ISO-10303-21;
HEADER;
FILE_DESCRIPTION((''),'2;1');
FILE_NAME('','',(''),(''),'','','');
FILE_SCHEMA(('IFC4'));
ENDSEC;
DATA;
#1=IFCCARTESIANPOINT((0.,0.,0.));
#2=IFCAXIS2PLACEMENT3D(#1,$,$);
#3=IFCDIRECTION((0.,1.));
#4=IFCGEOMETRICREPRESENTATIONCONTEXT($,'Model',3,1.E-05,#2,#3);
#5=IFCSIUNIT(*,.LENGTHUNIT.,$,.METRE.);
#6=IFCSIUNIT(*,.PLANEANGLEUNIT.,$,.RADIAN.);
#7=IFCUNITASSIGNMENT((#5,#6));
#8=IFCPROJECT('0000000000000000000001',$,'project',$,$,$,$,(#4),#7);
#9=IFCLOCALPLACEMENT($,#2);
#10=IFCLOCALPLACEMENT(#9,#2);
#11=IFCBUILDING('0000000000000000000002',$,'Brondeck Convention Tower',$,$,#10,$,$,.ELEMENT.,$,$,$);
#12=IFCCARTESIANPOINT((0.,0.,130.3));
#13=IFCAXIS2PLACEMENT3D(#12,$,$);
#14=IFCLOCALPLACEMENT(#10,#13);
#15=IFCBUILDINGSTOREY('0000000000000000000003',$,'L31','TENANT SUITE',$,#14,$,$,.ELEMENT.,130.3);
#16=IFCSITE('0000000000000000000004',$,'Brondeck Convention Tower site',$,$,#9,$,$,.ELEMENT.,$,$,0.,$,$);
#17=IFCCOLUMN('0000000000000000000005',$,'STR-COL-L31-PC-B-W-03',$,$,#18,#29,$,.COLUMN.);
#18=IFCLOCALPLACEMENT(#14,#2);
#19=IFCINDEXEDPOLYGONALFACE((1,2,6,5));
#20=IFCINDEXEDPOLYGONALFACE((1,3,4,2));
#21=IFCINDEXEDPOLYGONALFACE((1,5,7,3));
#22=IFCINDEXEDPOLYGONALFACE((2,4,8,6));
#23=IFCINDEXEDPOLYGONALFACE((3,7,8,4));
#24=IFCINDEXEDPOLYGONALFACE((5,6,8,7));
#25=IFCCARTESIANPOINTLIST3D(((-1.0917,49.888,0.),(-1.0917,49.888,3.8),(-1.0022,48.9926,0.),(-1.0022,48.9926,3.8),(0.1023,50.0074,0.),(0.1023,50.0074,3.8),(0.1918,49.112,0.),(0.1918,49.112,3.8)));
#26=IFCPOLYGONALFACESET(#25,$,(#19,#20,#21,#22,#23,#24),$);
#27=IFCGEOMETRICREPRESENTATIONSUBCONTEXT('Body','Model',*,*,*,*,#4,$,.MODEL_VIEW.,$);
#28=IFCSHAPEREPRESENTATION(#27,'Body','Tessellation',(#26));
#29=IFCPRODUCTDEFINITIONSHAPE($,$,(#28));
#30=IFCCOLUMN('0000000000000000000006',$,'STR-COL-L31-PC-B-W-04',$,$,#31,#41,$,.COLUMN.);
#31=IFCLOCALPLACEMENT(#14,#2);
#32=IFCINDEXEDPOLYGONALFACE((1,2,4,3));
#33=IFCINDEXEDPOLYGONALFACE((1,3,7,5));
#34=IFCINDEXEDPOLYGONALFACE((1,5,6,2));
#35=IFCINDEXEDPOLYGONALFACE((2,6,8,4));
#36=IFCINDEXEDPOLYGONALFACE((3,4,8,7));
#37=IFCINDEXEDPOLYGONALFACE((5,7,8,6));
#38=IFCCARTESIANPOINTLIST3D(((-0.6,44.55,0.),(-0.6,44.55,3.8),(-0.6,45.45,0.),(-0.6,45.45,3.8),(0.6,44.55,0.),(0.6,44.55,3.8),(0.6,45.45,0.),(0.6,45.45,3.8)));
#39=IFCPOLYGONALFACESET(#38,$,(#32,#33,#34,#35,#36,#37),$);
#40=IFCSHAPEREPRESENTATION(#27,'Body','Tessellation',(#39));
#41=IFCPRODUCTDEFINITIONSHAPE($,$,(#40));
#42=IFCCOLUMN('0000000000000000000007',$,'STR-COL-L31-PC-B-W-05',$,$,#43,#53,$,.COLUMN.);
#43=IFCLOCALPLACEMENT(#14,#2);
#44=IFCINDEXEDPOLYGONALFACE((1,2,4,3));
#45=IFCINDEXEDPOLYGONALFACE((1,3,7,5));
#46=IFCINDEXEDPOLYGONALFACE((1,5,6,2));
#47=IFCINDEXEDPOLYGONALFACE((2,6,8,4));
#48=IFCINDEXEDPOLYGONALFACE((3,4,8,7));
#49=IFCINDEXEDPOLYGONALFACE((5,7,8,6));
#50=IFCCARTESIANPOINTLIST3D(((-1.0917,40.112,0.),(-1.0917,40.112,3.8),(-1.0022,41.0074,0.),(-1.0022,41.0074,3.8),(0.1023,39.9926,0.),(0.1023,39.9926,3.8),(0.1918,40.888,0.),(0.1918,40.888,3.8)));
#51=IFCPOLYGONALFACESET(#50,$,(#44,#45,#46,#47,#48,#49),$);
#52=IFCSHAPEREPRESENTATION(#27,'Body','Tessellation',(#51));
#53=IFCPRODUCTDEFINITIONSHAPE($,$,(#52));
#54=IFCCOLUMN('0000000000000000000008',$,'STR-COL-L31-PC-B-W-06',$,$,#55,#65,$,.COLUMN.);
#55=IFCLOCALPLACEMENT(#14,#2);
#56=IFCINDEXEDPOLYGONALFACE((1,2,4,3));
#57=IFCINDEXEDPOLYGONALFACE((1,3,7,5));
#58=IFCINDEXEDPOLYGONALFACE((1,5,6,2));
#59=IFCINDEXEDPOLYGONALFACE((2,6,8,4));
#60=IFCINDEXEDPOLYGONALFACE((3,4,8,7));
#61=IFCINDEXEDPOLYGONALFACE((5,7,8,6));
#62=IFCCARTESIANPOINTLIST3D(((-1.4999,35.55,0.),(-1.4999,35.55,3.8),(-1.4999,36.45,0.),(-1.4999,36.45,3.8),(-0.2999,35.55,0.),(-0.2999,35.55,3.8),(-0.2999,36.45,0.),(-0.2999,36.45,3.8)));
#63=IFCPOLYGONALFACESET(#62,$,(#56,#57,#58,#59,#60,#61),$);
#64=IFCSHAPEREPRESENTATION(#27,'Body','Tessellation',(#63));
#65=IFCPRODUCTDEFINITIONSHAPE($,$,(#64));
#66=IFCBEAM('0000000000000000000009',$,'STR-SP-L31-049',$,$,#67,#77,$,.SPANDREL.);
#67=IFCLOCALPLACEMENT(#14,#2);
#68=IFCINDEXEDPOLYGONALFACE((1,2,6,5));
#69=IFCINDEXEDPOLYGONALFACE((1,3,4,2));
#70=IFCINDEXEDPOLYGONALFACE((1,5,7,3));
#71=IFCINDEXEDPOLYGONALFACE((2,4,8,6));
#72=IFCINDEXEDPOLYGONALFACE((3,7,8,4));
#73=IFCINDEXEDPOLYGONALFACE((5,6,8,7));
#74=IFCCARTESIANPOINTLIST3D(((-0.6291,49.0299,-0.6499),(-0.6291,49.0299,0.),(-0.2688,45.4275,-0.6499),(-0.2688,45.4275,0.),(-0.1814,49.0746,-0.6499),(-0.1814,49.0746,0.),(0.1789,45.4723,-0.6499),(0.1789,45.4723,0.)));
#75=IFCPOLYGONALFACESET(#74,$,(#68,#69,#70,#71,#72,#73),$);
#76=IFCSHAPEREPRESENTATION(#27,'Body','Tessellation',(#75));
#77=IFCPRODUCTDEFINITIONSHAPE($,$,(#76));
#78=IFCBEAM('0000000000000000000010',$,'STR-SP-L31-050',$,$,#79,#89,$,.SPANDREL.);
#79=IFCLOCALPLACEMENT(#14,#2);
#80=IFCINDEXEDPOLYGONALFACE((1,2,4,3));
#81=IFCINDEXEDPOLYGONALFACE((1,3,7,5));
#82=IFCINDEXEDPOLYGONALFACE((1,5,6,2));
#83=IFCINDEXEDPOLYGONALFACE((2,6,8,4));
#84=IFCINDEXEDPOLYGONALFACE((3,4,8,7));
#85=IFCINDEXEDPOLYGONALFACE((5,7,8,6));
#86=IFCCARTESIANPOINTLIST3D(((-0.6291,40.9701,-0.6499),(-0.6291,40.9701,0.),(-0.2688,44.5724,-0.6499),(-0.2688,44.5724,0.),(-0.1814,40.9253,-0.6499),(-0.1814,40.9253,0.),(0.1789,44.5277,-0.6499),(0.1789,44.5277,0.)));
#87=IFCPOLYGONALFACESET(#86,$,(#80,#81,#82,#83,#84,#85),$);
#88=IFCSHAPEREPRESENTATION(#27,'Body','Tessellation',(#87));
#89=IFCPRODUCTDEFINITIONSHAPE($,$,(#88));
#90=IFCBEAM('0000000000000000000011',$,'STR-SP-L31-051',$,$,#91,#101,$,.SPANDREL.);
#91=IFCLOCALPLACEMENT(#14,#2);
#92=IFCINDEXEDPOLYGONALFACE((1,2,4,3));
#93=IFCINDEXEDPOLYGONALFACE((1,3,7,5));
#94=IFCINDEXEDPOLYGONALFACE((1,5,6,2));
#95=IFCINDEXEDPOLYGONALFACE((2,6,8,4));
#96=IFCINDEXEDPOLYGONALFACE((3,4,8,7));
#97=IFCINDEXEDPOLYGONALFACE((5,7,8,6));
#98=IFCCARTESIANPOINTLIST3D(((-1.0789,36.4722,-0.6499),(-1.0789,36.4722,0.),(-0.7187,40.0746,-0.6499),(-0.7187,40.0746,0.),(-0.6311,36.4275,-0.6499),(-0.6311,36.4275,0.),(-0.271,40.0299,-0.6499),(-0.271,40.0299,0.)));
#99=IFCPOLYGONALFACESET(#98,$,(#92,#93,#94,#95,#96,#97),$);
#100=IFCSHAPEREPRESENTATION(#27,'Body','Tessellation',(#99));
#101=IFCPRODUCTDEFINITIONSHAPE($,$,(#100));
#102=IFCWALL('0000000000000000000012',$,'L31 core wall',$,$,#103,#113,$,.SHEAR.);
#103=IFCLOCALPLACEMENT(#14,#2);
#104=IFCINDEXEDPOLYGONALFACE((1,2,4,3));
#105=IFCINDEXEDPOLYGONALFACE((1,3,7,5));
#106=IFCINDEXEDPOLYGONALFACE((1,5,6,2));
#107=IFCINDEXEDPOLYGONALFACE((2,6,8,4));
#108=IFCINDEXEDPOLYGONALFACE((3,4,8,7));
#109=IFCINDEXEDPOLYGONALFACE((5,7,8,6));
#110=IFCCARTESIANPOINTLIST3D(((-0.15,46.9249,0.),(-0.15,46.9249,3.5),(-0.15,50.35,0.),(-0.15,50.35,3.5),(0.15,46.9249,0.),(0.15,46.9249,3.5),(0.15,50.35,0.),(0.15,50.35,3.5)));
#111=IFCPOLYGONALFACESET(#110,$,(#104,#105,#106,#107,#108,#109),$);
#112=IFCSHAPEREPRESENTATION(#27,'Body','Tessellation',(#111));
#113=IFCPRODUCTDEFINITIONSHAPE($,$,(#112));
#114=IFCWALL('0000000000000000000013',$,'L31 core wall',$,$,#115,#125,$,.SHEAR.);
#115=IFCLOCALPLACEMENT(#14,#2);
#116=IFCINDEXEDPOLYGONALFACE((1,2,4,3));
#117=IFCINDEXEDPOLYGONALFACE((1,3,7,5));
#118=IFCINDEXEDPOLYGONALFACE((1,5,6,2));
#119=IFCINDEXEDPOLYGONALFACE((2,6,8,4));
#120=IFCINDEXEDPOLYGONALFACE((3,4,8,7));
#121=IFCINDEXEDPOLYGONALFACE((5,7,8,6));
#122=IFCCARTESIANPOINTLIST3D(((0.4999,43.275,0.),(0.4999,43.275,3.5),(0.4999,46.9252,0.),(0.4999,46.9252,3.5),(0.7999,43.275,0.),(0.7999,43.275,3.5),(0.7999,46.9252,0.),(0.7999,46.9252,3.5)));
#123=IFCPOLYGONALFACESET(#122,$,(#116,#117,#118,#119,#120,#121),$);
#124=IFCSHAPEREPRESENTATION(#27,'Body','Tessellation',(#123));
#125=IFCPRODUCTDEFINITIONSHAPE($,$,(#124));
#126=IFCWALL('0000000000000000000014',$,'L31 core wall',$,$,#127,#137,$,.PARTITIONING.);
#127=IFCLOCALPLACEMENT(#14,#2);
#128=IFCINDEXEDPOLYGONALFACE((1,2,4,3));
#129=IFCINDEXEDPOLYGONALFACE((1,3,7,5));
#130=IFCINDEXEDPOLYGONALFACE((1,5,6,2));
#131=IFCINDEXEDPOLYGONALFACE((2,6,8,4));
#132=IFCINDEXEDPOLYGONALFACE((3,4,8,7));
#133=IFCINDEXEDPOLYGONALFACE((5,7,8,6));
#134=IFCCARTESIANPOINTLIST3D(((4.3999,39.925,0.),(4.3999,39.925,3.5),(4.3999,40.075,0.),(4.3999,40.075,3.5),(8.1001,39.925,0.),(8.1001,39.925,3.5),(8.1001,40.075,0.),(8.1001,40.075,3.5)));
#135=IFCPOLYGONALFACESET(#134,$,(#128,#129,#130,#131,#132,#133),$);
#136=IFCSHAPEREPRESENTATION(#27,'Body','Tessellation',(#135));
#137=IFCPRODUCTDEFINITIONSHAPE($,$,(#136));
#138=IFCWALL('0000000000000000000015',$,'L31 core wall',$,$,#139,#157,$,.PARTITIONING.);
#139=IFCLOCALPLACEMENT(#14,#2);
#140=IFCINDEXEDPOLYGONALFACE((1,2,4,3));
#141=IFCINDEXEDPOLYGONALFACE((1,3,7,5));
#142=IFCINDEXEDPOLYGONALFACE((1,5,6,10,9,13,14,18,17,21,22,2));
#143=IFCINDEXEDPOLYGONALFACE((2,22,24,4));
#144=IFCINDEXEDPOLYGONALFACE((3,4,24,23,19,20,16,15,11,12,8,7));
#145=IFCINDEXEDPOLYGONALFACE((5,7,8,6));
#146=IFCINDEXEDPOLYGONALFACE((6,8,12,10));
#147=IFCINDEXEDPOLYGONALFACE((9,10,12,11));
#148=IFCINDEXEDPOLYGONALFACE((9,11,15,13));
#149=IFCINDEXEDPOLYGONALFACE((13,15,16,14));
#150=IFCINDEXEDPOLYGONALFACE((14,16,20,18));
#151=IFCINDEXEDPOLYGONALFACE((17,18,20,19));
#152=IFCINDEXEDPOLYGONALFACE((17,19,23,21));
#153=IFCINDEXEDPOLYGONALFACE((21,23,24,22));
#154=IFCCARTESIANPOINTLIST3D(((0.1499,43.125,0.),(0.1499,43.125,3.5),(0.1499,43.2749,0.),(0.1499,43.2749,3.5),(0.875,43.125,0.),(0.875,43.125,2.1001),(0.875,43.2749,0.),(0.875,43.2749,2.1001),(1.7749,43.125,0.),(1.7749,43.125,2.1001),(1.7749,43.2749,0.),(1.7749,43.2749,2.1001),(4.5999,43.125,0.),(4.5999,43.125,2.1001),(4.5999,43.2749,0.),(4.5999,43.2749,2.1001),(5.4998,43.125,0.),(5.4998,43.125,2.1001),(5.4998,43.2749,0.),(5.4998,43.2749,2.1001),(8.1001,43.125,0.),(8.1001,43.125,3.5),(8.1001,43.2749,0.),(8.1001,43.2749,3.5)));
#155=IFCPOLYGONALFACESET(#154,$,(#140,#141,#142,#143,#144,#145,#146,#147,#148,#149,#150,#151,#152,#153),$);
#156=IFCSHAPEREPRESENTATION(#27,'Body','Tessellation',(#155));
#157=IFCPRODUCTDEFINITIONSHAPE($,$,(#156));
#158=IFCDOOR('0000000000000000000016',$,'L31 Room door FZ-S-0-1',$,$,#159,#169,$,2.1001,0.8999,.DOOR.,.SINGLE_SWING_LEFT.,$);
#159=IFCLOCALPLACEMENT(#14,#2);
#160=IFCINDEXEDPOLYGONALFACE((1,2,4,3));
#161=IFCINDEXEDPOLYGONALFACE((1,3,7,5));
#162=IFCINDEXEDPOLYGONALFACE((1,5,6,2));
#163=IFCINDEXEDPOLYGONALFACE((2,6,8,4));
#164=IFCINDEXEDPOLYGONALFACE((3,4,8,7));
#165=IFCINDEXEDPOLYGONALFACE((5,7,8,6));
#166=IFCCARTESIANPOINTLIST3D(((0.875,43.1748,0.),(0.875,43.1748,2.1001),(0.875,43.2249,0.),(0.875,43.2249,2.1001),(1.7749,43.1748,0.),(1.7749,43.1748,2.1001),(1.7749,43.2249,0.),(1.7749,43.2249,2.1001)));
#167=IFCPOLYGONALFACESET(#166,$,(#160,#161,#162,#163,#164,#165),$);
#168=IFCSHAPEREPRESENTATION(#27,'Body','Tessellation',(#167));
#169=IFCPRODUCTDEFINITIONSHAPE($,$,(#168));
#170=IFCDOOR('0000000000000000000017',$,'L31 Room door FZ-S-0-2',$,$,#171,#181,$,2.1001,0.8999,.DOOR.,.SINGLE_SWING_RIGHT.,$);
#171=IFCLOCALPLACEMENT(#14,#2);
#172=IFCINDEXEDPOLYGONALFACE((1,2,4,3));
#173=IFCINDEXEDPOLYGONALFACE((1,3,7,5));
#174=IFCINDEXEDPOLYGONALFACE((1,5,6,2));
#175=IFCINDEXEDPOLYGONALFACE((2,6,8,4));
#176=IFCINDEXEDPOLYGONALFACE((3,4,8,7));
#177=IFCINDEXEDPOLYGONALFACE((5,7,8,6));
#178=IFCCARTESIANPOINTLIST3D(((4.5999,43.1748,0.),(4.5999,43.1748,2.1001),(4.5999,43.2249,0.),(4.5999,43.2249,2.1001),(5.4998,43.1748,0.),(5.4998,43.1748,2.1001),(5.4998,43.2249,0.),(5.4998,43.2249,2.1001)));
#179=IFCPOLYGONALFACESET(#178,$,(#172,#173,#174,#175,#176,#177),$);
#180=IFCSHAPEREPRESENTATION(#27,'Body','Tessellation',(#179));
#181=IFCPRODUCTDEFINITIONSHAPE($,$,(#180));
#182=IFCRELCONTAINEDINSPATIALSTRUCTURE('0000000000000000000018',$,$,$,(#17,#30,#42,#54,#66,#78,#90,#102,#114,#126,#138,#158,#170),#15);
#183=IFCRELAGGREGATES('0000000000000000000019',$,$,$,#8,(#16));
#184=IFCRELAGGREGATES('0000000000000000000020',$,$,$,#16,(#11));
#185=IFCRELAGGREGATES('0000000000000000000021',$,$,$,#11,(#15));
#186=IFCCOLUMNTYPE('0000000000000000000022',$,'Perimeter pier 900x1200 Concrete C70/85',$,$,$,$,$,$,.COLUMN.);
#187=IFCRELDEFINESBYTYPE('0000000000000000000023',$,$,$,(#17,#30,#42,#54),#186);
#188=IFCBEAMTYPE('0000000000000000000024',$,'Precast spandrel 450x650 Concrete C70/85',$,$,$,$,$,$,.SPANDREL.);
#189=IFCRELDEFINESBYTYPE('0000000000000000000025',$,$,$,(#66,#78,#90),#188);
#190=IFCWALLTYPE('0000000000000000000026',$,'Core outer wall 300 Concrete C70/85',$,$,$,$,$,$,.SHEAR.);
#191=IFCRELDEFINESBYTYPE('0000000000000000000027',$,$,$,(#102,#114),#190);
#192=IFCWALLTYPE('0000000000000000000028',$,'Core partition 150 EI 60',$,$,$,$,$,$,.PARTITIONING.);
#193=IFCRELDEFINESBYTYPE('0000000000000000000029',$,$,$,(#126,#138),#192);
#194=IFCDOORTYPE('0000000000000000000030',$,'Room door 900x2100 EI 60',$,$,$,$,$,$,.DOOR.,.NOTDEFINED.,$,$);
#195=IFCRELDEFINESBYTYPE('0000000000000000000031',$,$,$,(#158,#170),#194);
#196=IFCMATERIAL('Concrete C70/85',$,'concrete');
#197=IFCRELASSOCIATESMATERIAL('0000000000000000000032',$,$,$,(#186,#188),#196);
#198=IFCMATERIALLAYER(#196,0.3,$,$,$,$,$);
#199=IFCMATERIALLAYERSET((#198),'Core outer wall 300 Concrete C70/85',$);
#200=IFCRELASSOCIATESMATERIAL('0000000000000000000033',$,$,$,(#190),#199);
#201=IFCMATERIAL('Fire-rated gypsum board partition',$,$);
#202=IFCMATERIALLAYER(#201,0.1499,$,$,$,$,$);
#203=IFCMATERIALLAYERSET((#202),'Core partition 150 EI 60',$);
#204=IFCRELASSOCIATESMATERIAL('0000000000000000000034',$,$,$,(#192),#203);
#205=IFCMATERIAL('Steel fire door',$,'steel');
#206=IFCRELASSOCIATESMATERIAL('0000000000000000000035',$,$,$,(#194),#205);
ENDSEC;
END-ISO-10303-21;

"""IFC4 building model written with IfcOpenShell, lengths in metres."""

from ifc_helpers import new_model, si_unit, direction, frame, frame_2d, origin, origin_2d, place, context, subcontext, project, spatial, rectangle, extrude, material, layer, layer_set, material_profile, profile_set, type_object, element, fill, save


model = new_model("IFC4")

# Units and contexts
model_context = context("Model", 3, precision=1e-05, world=origin(), true_north=direction((0.0, 1.0)))
body_context = subcontext(model_context, "Body", "Model", "MODEL_VIEW")
ifc_project = project(units=[si_unit("LENGTHUNIT", "METRE"), si_unit("PLANEANGLEUNIT", "RADIAN")], contexts=[model_context])

# Site, building, storey
site_placement = place(None, origin())
site = spatial("IfcSite", under=ifc_project, at=site_placement, Name="Brondeck Convention Tower site", CompositionType="ELEMENT", RefElevation=0.0)
building_placement = place(site_placement, origin())
building = spatial("IfcBuilding", under=site, at=building_placement, Name="Brondeck Convention Tower", CompositionType="ELEMENT")
storey_placement = place(building_placement, frame((0.0, 0.0, 130.3)))
storey = spatial("IfcBuildingStorey", under=building, at=storey_placement, Name="L31", Description="TENANT SUITE", CompositionType="ELEMENT", Elevation=130.3)

# Columns
ifc_material_1 = material(Name="Concrete C70/85", Category="concrete")
ifc_material_profile_1 = material_profile(ifc_material_1, rectangle(XDim=0.8999, YDim=1.2, at=origin_2d()), Name="Perimeter pier 900x1200 Concrete C70/85")
ifc_profile_set_1 = profile_set([ifc_material_profile_1], Name="Concrete C70/85")
column_type = type_object("IfcColumnType", Name="Perimeter pier 900x1200 Concrete C70/85", PredefinedType="COLUMN", material=ifc_profile_set_1)
for number, where, z_axis, x_axis, name in (
    (1, (-0.45, 49.5, 0.0), (0.0, 0.0, 1.0), (0.099504, -0.995037, 0.0), "STR-COL-L31-PC-B-W-03"),
    (2, (0.0, 45.0, 0.0), (0.0, 0.0, 1.0), (0.0, -1.0, 0.0), "STR-COL-L31-PC-B-W-04"),
    (3, (-0.45, 40.5, 0.0), (0.0, 0.0, 1.0), (-0.099504, -0.995037, 0.0), "STR-COL-L31-PC-B-W-05"),
    (4, (-0.8999, 36.0, 0.0), (0.0, 0.0, 1.0), (0.0, -1.0, 0.0), "STR-COL-L31-PC-B-W-06"),
):
    element("IfcColumn", number, at=place(storey_placement, frame(where, z_axis=z_axis, x_axis=x_axis)), inside=storey, type_object=column_type, Name=name, PredefinedType="COLUMN", context=body_context, shape_type="SweptSolid", body=[
        extrude(rectangle(XDim=0.8999, YDim=1.2, at=origin_2d()), origin(), (0.0, 0.0, 1.0), 3.8),
    ])

# Beams
ifc_material_profile_2 = material_profile(ifc_material_1, rectangle(XDim=0.45, YDim=0.6499, at=origin_2d()), Name="Precast spandrel 450x650 Concrete C70/85")
ifc_profile_set_2 = profile_set([ifc_material_profile_2], Name="Concrete C70/85")
beam_type = type_object("IfcBeamType", Name="Precast spandrel 450x650 Concrete C70/85", PredefinedType="SPANDREL", material=ifc_profile_set_2)
for number, where, z_axis, x_axis, name in (
    (5, (-0.4053, 49.0522, -0.325), (0.099537, -0.995034, 0.0), (0.995034, 0.099537, 0.0), "STR-SP-L31-049"),
    (6, (-0.0449, 44.55, -0.325), (-0.099537, -0.995034, 0.0), (0.995034, -0.099537, 0.0), "STR-SP-L31-050"),
    (7, (-0.4949, 40.0522, -0.325), (-0.09947, -0.995041, 0.0), (0.995041, -0.09947, 0.0), "STR-SP-L31-051"),
):
    element("IfcBeam", number, at=place(storey_placement, frame(where, z_axis=z_axis, x_axis=x_axis)), inside=storey, type_object=beam_type, Name=name, PredefinedType="SPANDREL", context=body_context, shape_type="SweptSolid", body=[
        extrude(rectangle(XDim=0.45, YDim=0.6499, at=origin_2d()), origin(), (0.0, 0.0, 1.0), 3.6204),
    ])

# Walls
ifc_layer_1 = layer(ifc_material_1, 0.3)
ifc_layer_set_1 = layer_set([ifc_layer_1], Name="Core outer wall 300 Concrete C70/85")
wall_type_1 = type_object("IfcWallType", Name="Core outer wall 300 Concrete C70/85", PredefinedType="SHEAR", material=ifc_layer_set_1)
wall_1_placement = place(storey_placement, frame((0.0, 46.925, 0.0), z_axis=(0.0, 0.0, 1.0), x_axis=(0.0, 1.0, 0.0)))
element("IfcWall", 8, at=wall_1_placement, inside=storey, type_object=wall_type_1, Name="L31 core wall", PredefinedType="SHEAR", context=body_context, shape_type="SweptSolid", body=[
    extrude(rectangle(XDim=3.425, YDim=0.3, at=frame_2d((1.7124, 0.0))), origin(), (0.0, 0.0, 1.0), 3.5),
])
wall_2_placement = place(storey_placement, frame((0.6499, 43.2749, 0.0), z_axis=(0.0, 0.0, 1.0), x_axis=(0.0, 1.0, 0.0)))
element("IfcWall", 9, at=wall_2_placement, inside=storey, type_object=wall_type_1, Name="L31 core wall", PredefinedType="SHEAR", context=body_context, shape_type="SweptSolid", body=[
    extrude(rectangle(XDim=3.6501, YDim=0.3, at=frame_2d((1.8252, 0.0))), origin(), (0.0, 0.0, 1.0), 3.5),
])
ifc_material_2 = material(Name="Fire-rated gypsum board partition")
ifc_layer_2 = layer(ifc_material_2, 0.1499)
ifc_layer_set_2 = layer_set([ifc_layer_2], Name="Core partition 150 EI 60")
wall_type_2 = type_object("IfcWallType", Name="Core partition 150 EI 60", PredefinedType="PARTITIONING", material=ifc_layer_set_2)
wall_3_placement = place(storey_placement, frame((4.3999, 40.0, 0.0), z_axis=(0.0, 0.0, 1.0), x_axis=(1.0, 0.0, 0.0)))
element("IfcWall", 10, at=wall_3_placement, inside=storey, type_object=wall_type_2, Name="L31 core wall", PredefinedType="PARTITIONING", context=body_context, shape_type="SweptSolid", body=[
    extrude(rectangle(XDim=3.7002, YDim=0.1499, at=frame_2d((1.8501, 0.0))), origin(), (0.0, 0.0, 1.0), 3.5),
])

# Wall, openings, doors
wall_4_placement = place(storey_placement, frame((0.1499, 43.2, 0.0), z_axis=(0.0, 0.0, 1.0), x_axis=(1.0, 0.0, 0.0)))
wall_4 = element("IfcWall", 11, at=wall_4_placement, inside=storey, type_object=wall_type_2, Name="L31 core wall", PredefinedType="PARTITIONING", context=body_context, shape_type="SweptSolid", body=[
    extrude(rectangle(XDim=7.9502, YDim=0.1499, at=frame_2d((3.9751, 0.0))), origin(), (0.0, 0.0, 1.0), 3.5),
])
opening_1_placement = place(wall_4_placement, frame((0.7251, 0.0, 0.0)))
opening_1 = element("IfcOpeningElement", 12, at=opening_1_placement, cuts=wall_4, PredefinedType="OPENING", context=body_context, shape_type="SweptSolid", body=[
    extrude(rectangle(XDim=0.8999, YDim=2.1001, at=frame_2d((0.45, 1.05))), frame((0.0, 0.085, 0.0), z_axis=(0.0, -1.0, 0.0), x_axis=(1.0, 0.0, 0.0)), (0.0, 0.0, 1.0), 0.1699),
])
opening_2_placement = place(wall_4_placement, frame((4.45, 0.0, 0.0)))
opening_2 = element("IfcOpeningElement", 13, at=opening_2_placement, cuts=wall_4, PredefinedType="OPENING", context=body_context, shape_type="SweptSolid", body=[
    extrude(rectangle(XDim=0.8999, YDim=2.1001, at=frame_2d((0.45, 1.05))), frame((0.0, 0.085, 0.0), z_axis=(0.0, -1.0, 0.0), x_axis=(1.0, 0.0, 0.0)), (0.0, 0.0, 1.0), 0.1699),
])
ifc_material_3 = material(Name="Steel fire door", Category="steel")
door_type_1 = type_object("IfcDoorType", Name="Room door 900x2100 EI 60", OperationType="NOTDEFINED", PredefinedType="DOOR", material=ifc_material_3)
door_1_placement = place(opening_1_placement, origin())
door_1 = element("IfcDoor", 14, at=door_1_placement, inside=storey, type_object=door_type_1, Name="L31 Room door FZ-S-0-1", OperationType="SINGLE_SWING_LEFT", OverallHeight=2.1001, OverallWidth=0.8999, PredefinedType="DOOR", context=body_context, shape_type="SweptSolid", body=[
    extrude(rectangle(XDim=0.8999, YDim=2.1001, at=frame_2d((0.45, 1.05))), frame((0.0, 0.0249, 0.0), z_axis=(0.0, -1.0, 0.0), x_axis=(1.0, 0.0, 0.0)), (0.0, 0.0, 1.0), 0.05),
])
fill(opening_1, door_1)
door_2_placement = place(opening_2_placement, origin())
door_2 = element("IfcDoor", 15, at=door_2_placement, inside=storey, type_object=door_type_1, Name="L31 Room door FZ-S-0-2", OperationType="SINGLE_SWING_RIGHT", OverallHeight=2.1001, OverallWidth=0.8999, PredefinedType="DOOR", context=body_context, shape_type="SweptSolid", body=[
    extrude(rectangle(XDim=0.8999, YDim=2.1001, at=frame_2d((0.45, 1.05))), frame((0.0, 0.0249, 0.0), z_axis=(0.0, -1.0, 0.0), x_axis=(1.0, 0.0, 0.0)), (0.0, 0.0, 1.0), 0.05),
])
fill(opening_2, door_2)

save(model, "model.ifc")
